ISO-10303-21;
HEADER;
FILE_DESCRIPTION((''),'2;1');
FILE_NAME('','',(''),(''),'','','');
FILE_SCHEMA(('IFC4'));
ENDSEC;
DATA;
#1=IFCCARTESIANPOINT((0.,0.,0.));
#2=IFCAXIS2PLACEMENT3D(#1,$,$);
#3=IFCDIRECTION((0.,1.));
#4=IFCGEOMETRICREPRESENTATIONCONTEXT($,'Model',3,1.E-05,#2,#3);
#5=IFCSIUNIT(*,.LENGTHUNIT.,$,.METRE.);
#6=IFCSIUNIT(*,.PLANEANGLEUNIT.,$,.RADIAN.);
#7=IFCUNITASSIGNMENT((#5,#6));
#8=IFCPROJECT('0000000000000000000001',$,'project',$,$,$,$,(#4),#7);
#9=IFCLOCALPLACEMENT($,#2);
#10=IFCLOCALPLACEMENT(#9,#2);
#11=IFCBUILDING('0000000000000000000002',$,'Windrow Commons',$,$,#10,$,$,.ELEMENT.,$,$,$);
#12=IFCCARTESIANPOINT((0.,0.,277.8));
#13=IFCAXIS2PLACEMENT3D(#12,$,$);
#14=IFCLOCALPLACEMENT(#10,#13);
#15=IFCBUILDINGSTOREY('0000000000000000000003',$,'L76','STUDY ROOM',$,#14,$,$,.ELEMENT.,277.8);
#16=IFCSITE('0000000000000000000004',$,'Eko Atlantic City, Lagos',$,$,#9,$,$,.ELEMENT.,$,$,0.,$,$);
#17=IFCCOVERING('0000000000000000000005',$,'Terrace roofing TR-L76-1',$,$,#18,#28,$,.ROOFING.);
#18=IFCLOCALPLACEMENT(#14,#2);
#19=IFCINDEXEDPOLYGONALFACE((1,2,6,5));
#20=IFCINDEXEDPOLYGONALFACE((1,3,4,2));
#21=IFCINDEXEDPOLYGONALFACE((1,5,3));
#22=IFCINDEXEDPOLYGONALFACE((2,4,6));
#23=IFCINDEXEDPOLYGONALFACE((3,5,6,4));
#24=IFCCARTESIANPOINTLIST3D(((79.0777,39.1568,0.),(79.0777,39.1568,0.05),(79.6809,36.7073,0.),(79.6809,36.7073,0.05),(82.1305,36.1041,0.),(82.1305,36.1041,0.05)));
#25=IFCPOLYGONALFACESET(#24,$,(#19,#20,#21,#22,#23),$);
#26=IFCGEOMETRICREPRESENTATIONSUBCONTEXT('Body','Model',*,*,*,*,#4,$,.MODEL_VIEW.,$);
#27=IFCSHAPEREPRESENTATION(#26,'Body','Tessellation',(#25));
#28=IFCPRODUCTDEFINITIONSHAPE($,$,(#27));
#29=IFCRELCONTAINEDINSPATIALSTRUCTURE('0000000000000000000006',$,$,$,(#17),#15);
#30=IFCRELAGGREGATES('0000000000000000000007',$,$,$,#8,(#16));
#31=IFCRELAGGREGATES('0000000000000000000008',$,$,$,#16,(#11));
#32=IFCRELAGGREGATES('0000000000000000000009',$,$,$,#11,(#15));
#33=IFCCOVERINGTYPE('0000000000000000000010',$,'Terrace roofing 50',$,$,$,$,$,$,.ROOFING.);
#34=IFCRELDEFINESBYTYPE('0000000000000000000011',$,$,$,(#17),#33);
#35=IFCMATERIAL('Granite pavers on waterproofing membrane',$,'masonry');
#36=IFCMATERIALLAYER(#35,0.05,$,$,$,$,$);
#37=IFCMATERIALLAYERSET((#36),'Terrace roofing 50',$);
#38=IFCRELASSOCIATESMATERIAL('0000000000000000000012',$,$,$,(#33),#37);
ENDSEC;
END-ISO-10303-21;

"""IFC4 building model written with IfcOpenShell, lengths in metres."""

from ifc_helpers import new_model, si_unit, direction, frame, origin, place, context, subcontext, project, spatial, polyline, outline, extrude, material, layer, layer_set, type_object, element, save


model = new_model("IFC4")

# Units and contexts
model_context = context("Model", 3, precision=1e-05, world=origin(), true_north=direction((0.0, 1.0)))
body_context = subcontext(model_context, "Body", "Model", "MODEL_VIEW")
ifc_project = project(units=[si_unit("LENGTHUNIT", "METRE"), si_unit("PLANEANGLEUNIT", "RADIAN")], contexts=[model_context])

# Site, building, storey
site_placement = place(None, origin())
site = spatial("IfcSite", under=ifc_project, at=site_placement, Name="Eko Atlantic City, Lagos", CompositionType="ELEMENT", RefElevation=0.0)
building_placement = place(site_placement, origin())
building = spatial("IfcBuilding", under=site, at=building_placement, Name="Windrow Commons", CompositionType="ELEMENT")
storey_placement = place(building_placement, frame((0.0, 0.0, 277.8)))
storey = spatial("IfcBuildingStorey", under=building, at=storey_placement, Name="L76", Description="STUDY ROOM", CompositionType="ELEMENT", Elevation=277.8)

# Shared definitions
placement_1 = place(storey_placement, origin())

# Covering
ifc_material_1 = material(Name="Granite pavers on waterproofing membrane", Category="masonry")
ifc_layer_1 = layer(ifc_material_1, 0.05)
ifc_layer_set_1 = layer_set([ifc_layer_1], Name="Terrace roofing 50")
covering_type = type_object("IfcCoveringType", Name="Terrace roofing 50", PredefinedType="ROOFING", material=ifc_layer_set_1)
element("IfcCovering", 1, at=placement_1, inside=storey, type_object=covering_type, Name="Terrace roofing TR-L76-1", PredefinedType="ROOFING", context=body_context, shape_type="SweptSolid", body=[
    extrude(outline(polyline([(82.1305, 36.1041), (79.6809, 36.7073), (79.0777, 39.1568), (82.1305, 36.1041)])), origin(), (0.0, 0.0, 1.0), 0.05),
])

save(model, "model.ifc")
